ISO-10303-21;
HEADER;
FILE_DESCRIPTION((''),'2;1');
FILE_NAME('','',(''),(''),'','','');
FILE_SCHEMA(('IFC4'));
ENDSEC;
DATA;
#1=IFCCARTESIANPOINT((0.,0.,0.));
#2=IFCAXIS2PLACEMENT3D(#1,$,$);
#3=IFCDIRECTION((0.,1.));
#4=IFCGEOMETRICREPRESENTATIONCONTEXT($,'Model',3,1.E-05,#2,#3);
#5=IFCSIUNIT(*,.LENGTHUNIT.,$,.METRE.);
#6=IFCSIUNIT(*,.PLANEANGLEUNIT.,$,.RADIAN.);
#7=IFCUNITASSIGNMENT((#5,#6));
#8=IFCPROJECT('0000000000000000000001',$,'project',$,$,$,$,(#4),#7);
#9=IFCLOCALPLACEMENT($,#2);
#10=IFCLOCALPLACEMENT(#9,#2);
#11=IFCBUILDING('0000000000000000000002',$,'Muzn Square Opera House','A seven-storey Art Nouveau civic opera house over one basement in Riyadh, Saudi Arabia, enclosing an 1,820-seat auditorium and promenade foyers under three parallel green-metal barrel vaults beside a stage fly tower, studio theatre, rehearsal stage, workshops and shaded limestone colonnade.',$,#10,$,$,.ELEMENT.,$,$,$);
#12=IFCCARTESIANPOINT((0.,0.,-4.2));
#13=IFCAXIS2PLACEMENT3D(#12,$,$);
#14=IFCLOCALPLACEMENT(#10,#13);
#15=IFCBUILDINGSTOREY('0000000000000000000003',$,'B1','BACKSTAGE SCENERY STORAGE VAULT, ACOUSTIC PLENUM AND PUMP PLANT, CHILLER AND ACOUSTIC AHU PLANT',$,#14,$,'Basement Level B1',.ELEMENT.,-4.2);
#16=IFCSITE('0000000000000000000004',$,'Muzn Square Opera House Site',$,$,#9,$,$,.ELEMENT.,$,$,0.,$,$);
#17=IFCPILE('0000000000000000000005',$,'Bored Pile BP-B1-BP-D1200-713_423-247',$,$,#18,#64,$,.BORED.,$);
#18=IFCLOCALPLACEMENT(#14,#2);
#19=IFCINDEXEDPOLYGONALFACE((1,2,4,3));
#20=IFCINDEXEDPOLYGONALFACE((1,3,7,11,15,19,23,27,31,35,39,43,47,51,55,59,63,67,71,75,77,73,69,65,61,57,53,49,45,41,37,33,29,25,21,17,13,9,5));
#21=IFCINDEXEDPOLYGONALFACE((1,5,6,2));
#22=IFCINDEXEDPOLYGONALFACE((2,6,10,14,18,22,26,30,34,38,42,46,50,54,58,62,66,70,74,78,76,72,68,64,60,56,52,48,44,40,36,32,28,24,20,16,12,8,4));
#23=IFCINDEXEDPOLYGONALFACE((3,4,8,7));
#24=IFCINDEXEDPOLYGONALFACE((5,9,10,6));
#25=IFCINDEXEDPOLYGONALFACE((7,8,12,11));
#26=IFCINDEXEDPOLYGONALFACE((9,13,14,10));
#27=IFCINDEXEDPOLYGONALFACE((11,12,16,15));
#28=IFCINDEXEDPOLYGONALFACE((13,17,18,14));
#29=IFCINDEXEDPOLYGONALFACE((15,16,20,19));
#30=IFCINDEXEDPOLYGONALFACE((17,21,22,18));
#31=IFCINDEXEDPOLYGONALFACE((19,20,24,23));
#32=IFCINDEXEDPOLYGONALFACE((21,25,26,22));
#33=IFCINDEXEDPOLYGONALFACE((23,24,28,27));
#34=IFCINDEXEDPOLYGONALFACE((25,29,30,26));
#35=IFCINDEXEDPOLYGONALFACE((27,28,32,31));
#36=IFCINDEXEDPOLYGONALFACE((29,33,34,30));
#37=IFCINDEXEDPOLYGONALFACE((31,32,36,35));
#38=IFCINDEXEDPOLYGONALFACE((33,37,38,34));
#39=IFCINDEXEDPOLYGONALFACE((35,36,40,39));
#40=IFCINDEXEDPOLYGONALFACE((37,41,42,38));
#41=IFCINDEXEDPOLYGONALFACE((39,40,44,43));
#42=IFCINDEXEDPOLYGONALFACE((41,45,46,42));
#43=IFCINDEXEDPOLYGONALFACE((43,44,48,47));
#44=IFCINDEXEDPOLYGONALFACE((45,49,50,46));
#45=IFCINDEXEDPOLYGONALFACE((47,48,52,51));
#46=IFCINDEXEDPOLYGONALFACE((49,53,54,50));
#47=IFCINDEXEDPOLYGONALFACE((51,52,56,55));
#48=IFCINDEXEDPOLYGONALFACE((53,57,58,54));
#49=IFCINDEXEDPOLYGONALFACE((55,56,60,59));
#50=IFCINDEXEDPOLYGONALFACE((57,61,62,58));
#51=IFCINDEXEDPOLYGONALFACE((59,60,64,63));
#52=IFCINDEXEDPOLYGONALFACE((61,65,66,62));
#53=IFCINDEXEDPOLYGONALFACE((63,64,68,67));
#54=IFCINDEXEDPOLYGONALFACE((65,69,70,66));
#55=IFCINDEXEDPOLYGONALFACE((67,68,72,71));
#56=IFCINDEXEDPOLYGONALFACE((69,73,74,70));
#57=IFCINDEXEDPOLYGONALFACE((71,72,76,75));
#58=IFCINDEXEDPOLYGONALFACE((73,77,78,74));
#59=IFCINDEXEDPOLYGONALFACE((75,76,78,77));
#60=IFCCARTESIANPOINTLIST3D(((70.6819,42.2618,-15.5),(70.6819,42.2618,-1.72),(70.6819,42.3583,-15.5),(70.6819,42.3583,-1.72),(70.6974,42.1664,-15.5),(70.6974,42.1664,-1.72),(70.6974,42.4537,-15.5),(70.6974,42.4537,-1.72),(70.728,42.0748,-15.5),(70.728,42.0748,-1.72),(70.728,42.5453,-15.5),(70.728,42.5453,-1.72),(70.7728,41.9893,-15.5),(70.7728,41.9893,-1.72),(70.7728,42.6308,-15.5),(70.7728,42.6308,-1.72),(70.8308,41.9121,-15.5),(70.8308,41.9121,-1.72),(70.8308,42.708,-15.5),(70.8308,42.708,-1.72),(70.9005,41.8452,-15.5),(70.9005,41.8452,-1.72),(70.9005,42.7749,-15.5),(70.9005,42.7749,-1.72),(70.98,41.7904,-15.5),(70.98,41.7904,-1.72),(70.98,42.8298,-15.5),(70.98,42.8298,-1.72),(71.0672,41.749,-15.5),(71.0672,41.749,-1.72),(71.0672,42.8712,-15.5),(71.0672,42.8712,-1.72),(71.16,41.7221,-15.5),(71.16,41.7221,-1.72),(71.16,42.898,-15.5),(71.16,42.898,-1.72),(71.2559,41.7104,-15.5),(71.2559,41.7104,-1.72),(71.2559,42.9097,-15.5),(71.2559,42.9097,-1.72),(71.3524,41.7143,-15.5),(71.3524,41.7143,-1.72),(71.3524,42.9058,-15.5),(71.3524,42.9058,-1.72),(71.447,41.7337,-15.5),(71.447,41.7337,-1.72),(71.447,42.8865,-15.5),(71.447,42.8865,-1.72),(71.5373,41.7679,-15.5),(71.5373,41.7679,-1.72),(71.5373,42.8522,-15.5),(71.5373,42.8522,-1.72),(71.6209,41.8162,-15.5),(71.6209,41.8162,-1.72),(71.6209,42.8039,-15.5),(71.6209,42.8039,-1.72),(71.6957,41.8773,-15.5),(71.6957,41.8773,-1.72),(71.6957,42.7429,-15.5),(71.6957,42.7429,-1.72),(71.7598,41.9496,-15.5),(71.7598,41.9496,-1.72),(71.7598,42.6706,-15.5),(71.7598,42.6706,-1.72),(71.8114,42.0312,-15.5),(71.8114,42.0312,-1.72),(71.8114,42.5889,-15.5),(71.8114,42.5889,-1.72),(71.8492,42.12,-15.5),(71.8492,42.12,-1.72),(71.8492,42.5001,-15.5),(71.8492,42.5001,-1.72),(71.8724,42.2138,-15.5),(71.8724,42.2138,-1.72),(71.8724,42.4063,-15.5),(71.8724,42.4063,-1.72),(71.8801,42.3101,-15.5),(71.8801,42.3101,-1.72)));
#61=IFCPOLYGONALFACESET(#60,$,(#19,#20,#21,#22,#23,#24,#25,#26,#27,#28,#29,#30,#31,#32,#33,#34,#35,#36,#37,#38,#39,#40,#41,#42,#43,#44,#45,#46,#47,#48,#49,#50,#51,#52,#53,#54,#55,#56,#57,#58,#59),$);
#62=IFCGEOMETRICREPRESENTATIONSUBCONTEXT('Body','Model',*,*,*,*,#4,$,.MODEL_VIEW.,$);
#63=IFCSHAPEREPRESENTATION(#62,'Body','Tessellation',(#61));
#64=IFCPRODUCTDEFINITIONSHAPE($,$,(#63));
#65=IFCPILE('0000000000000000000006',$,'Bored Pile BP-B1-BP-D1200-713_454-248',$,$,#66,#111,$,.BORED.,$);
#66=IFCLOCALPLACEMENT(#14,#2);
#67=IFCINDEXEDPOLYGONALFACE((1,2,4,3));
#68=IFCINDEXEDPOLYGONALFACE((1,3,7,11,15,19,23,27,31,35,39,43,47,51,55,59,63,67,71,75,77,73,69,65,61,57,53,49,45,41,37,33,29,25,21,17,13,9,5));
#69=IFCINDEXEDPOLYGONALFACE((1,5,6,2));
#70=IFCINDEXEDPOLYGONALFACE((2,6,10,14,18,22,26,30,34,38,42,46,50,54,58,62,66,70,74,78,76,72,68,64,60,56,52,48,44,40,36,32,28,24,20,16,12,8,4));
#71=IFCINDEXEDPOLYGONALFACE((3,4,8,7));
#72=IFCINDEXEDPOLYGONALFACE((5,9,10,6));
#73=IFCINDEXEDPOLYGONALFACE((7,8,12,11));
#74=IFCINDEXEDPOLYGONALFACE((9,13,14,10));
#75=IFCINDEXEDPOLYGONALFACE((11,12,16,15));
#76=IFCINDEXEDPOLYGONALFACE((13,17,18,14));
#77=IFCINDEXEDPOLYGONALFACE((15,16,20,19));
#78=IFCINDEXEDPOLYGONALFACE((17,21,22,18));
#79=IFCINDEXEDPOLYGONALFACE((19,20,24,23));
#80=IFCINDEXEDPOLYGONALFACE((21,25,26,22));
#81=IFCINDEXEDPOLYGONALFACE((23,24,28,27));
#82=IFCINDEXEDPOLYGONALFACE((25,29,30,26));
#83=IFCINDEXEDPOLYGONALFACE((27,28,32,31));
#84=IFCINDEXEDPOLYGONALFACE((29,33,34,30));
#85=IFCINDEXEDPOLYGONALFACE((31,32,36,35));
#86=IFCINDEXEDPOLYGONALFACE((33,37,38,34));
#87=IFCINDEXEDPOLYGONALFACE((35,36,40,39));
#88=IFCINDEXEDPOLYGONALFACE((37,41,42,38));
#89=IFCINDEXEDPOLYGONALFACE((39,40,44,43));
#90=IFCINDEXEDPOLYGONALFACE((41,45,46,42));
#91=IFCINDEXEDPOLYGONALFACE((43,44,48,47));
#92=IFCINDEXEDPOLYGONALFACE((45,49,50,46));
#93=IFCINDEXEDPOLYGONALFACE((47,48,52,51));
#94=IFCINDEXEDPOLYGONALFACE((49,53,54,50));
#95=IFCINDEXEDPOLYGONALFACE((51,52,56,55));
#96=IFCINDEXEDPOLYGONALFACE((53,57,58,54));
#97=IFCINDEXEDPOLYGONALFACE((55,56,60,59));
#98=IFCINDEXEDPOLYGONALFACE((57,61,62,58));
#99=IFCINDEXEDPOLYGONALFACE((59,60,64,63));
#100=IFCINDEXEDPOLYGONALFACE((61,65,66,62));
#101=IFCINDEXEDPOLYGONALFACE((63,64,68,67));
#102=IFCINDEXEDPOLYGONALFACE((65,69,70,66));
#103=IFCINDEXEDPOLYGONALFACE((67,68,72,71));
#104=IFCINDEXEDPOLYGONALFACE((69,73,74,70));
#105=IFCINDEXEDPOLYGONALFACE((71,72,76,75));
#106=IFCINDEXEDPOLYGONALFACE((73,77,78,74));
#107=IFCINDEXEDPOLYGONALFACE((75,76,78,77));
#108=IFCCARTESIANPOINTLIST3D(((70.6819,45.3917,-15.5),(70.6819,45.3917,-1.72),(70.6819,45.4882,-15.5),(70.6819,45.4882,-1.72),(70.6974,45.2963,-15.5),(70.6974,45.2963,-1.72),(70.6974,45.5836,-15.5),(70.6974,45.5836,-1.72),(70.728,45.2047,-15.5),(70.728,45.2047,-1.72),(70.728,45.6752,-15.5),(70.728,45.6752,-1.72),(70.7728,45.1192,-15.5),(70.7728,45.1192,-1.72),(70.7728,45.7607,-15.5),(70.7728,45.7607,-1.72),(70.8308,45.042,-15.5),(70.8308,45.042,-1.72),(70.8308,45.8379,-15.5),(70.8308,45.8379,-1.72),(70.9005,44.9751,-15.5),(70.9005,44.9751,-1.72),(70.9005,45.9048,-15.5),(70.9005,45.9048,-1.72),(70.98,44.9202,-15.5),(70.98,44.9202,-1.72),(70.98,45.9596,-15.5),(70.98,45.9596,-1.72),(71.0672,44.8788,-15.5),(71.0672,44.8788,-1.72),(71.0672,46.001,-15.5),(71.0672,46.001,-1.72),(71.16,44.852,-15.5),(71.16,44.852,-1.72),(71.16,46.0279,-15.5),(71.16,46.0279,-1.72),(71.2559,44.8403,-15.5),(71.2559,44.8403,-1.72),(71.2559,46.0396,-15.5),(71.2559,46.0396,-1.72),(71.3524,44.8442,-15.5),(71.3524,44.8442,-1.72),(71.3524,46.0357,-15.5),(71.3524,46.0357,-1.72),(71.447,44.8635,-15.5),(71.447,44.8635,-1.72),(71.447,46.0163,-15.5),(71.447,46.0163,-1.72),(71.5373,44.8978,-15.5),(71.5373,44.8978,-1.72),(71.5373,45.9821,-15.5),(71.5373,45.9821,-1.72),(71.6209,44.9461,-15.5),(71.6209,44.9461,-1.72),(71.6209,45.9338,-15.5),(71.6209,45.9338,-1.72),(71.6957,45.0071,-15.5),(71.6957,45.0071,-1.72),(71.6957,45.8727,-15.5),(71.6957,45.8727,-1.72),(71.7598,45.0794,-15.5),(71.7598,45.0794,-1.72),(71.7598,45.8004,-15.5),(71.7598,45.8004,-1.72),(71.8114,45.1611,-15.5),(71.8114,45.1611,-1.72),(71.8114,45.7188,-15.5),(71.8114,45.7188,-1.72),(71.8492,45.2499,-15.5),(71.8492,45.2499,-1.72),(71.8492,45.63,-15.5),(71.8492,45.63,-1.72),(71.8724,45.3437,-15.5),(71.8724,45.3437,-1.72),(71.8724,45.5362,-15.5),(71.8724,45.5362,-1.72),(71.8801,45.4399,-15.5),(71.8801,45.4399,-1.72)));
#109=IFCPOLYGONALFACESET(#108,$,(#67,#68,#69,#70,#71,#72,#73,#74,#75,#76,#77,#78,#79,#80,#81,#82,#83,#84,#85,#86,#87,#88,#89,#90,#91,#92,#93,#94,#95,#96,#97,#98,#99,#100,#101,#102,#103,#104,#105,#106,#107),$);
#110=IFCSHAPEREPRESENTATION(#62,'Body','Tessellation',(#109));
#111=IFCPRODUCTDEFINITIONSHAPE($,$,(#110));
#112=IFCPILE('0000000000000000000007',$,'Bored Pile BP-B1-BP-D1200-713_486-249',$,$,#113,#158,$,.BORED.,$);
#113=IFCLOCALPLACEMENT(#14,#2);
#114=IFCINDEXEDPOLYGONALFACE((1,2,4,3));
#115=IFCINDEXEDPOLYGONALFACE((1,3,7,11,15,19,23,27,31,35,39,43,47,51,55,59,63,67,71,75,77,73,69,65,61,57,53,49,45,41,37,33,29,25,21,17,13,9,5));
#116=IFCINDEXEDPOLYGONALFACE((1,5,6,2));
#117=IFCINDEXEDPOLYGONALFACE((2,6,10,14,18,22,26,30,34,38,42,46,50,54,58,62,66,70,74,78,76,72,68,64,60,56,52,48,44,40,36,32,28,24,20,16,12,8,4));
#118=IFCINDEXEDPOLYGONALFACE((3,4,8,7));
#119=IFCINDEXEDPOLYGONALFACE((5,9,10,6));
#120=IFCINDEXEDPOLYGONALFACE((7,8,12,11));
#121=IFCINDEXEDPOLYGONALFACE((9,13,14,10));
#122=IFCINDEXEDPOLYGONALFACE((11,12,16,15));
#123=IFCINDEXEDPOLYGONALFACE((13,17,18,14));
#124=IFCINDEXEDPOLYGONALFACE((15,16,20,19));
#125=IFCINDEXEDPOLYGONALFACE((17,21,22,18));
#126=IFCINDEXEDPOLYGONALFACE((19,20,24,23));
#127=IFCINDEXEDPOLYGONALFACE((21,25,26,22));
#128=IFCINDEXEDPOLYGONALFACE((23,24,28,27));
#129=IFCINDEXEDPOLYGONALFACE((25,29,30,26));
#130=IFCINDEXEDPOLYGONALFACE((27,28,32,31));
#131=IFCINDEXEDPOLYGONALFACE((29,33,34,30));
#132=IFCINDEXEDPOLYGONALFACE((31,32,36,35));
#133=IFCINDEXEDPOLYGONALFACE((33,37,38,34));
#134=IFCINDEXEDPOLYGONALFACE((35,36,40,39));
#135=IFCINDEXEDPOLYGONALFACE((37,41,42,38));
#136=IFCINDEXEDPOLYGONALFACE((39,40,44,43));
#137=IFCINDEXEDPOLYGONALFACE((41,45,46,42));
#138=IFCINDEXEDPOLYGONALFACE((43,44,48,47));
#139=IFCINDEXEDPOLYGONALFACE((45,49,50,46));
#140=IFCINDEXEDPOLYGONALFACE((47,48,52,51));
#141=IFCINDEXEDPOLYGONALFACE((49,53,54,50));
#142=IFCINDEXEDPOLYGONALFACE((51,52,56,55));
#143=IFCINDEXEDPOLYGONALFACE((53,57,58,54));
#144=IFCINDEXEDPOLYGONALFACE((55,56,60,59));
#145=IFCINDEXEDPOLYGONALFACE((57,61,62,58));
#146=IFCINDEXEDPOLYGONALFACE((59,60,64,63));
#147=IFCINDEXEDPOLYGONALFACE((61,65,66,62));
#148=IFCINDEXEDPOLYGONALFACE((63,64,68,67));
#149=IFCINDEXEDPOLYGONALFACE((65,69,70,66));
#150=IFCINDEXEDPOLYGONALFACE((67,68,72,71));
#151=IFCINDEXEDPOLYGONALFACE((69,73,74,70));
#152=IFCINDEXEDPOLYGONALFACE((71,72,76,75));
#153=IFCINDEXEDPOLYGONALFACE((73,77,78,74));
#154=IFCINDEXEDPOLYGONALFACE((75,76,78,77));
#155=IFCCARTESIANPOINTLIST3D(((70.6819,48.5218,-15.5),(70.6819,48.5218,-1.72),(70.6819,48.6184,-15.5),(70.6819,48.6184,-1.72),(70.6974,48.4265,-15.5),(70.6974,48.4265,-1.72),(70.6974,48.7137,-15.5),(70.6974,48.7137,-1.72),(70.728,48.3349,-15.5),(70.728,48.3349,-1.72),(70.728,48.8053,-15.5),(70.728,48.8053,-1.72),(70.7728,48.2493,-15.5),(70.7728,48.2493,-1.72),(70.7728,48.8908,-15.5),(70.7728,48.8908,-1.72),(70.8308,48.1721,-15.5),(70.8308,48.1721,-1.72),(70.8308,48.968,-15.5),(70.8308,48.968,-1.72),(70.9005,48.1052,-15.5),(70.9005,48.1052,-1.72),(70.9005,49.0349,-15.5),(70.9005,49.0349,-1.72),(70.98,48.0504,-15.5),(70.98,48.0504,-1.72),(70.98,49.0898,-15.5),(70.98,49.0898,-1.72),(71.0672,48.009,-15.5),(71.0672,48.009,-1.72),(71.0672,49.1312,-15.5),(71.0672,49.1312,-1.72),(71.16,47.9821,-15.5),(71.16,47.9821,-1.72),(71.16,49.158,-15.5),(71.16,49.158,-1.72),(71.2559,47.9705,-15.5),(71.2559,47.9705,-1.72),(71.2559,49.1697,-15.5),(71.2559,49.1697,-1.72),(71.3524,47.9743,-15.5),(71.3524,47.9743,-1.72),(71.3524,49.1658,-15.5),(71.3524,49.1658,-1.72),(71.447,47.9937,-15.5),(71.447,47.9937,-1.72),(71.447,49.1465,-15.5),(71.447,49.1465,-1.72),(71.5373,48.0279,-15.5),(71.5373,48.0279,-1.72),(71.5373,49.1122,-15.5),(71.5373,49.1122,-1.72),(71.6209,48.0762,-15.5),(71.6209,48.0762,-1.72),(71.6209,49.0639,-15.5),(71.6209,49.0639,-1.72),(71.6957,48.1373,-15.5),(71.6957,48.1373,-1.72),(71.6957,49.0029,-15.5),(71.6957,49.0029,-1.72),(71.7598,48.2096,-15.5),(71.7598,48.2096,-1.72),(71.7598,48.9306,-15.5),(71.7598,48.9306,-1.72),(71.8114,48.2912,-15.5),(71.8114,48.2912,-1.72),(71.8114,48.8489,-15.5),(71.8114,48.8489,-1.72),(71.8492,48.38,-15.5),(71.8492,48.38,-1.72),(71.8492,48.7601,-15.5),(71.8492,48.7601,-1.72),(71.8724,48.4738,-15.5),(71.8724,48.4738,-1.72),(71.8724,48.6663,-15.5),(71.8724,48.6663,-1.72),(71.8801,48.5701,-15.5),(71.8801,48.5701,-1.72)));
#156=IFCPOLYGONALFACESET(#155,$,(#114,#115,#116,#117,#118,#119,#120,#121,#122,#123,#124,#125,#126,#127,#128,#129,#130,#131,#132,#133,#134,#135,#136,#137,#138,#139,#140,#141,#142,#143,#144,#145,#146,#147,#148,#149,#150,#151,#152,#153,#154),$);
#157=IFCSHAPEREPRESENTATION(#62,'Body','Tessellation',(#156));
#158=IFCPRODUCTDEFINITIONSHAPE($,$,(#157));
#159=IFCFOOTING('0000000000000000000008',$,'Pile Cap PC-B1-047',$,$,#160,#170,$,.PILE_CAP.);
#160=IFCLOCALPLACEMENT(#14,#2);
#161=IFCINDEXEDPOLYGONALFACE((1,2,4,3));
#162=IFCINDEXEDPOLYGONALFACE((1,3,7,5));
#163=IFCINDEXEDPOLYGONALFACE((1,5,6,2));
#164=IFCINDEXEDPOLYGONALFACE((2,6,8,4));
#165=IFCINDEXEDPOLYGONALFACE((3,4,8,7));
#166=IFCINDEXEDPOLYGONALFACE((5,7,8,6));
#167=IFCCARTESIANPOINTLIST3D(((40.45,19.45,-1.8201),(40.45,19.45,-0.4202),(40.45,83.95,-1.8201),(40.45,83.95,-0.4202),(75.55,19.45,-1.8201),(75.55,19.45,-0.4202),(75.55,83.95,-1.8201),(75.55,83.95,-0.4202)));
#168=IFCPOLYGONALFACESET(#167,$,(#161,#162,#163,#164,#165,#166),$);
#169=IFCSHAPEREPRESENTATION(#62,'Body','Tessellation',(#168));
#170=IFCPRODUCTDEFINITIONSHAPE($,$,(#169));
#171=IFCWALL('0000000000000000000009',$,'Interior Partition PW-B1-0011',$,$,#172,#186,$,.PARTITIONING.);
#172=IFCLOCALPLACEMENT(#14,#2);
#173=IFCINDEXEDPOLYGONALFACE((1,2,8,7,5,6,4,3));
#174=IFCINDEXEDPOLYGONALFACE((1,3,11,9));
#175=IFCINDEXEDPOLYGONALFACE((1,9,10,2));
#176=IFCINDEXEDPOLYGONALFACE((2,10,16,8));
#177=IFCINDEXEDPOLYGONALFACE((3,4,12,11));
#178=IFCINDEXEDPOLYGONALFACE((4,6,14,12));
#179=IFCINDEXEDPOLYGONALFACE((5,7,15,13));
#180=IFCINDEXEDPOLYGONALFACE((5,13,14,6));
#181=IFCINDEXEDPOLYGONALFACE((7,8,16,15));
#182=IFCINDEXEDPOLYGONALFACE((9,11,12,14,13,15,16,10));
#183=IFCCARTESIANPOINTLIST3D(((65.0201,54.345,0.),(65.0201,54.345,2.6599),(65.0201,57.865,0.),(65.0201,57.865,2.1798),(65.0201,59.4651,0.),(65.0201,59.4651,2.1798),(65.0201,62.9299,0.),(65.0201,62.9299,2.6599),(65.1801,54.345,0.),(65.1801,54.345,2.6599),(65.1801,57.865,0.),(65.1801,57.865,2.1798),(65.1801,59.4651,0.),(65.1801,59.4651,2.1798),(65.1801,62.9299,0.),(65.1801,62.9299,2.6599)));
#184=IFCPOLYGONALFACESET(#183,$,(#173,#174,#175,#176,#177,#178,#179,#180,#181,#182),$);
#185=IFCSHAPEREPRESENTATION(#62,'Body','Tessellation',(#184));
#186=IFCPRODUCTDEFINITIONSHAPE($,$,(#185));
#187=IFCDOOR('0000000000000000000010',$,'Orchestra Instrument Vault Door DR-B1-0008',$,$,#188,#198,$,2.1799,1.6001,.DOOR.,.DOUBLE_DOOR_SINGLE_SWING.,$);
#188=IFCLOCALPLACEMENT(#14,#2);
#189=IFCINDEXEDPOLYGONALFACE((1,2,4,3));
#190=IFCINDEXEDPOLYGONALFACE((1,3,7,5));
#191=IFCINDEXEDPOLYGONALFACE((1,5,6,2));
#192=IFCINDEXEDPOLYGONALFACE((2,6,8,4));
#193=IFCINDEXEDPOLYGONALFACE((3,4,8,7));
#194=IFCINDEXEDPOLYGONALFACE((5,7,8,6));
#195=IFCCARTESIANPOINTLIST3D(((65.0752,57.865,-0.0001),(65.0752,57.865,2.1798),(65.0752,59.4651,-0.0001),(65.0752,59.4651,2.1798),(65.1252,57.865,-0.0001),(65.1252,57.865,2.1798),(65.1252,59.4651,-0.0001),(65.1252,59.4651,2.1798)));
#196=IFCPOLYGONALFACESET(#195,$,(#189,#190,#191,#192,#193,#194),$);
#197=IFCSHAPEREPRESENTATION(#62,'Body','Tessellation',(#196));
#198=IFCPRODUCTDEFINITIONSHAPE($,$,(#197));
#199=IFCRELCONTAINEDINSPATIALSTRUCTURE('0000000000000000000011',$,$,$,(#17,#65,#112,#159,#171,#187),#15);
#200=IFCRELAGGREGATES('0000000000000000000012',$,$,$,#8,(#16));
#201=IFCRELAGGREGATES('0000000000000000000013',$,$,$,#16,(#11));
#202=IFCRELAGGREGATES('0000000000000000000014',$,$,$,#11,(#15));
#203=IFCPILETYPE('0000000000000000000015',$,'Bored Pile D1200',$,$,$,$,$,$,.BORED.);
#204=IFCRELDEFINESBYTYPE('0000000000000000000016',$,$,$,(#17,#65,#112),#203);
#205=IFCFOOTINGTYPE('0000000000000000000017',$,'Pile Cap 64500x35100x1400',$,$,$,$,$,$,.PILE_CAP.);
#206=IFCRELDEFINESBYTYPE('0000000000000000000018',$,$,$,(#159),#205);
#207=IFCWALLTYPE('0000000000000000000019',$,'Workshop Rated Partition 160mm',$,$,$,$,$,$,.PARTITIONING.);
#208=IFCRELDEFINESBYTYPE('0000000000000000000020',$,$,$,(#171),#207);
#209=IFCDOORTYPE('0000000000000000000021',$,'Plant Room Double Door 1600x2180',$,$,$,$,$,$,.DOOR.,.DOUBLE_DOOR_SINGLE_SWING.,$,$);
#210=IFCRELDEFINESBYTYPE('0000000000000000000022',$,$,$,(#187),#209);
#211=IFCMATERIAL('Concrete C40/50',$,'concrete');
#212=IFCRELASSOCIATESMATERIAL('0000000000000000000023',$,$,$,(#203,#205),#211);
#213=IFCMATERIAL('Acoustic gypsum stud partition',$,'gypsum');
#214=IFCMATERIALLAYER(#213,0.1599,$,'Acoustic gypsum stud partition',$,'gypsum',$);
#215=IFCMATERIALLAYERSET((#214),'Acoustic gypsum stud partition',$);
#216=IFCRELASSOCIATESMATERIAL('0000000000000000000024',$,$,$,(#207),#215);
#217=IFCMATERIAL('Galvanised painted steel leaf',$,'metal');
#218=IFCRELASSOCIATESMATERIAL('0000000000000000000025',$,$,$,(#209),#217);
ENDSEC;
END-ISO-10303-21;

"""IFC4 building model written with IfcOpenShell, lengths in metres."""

from ifc_helpers import new_model, si_unit, direction, frame, frame_2d, origin, origin_2d, place, context, subcontext, project, spatial, rectangle, circle, extrude, material, layer, layer_set, material_profile, profile_set, type_object, element, fill, save


model = new_model("IFC4")

# Units and contexts
model_context = context("Model", 3, precision=1e-05, world=origin(), true_north=direction((0.0, 1.0)))
body_context = subcontext(model_context, "Body", "Model", "MODEL_VIEW")
ifc_project = project(units=[si_unit("LENGTHUNIT", "METRE"), si_unit("PLANEANGLEUNIT", "RADIAN")], contexts=[model_context])

# Site, building, storey
site_placement = place(None, origin())
site = spatial("IfcSite", under=ifc_project, at=site_placement, Name="Muzn Square Opera House Site", CompositionType="ELEMENT", RefElevation=0.0)
building_placement = place(site_placement, origin())
building = spatial("IfcBuilding", under=site, at=building_placement, Name="Muzn Square Opera House", Description="A seven-storey Art Nouveau civic opera house over one basement in Riyadh, Saudi Arabia, enclosing an 1,820-seat auditorium and promenade foyers under three parallel green-metal barrel vaults beside a stage fly tower, studio theatre, rehearsal stage, workshops and shaded limestone colonnade.", CompositionType="ELEMENT")
storey_placement = place(building_placement, frame((0.0, 0.0, -4.2)))
storey = spatial("IfcBuildingStorey", under=building, at=storey_placement, Name="B1", Description="BACKSTAGE SCENERY STORAGE VAULT, ACOUSTIC PLENUM AND PUMP PLANT, CHILLER AND ACOUSTIC AHU PLANT", LongName="Basement Level B1", CompositionType="ELEMENT", Elevation=-4.2)

# Piles
ifc_material_1 = material(Name="Concrete C40/50", Category="concrete")
ifc_material_profile = material_profile(ifc_material_1, circle(Radius=0.6001, at=origin_2d()), Name="BORED PILE D1200", Category="concrete")
ifc_profile_set = profile_set([ifc_material_profile], Name="Concrete C40/50")
pile_type = type_object("IfcPileType", Name="Bored Pile D1200", PredefinedType="BORED", material=ifc_profile_set)
for number, where, z_axis, x_axis, name in (
    (1, (71.28, 42.3101, -1.72), (0.0, 0.0, -1.0), (1.0, 0.0, 0.0), "Bored Pile BP-B1-BP-D1200-713_423-247"),
    (2, (71.28, 45.4399, -1.72), (0.0, 0.0, -1.0), (1.0, 0.0, 0.0), "Bored Pile BP-B1-BP-D1200-713_454-248"),
    (3, (71.28, 48.5701, -1.72), (0.0, 0.0, -1.0), (1.0, 0.0, 0.0), "Bored Pile BP-B1-BP-D1200-713_486-249"),
):
    element("IfcPile", number, at=place(storey_placement, frame(where, z_axis=z_axis, x_axis=x_axis)), inside=storey, type_object=pile_type, Name=name, PredefinedType="BORED", context=body_context, shape_type="SweptSolid", body=[
        extrude(circle(Radius=0.6001, at=origin_2d()), origin(), (0.0, 0.0, 1.0), 13.78),
    ])

# Footing
footing_type = type_object("IfcFootingType", Name="Pile Cap 64500x35100x1400", PredefinedType="PILE_CAP", material=ifc_material_1)
footing_placement = place(storey_placement, frame((58.0, 51.7, -1.8201), z_axis=(0.0, 0.0, 1.0), x_axis=(1.0, 0.0, 0.0)))
element("IfcFooting", 4, at=footing_placement, inside=storey, type_object=footing_type, Name="Pile Cap PC-B1-047", PredefinedType="PILE_CAP", context=body_context, shape_type="SweptSolid", body=[
    extrude(rectangle(XDim=35.1001, YDim=64.5, at=origin_2d()), origin(), (0.0, 0.0, 1.0), 1.3999),
])

# Wall, opening, door
ifc_material_2 = material(Name="Acoustic gypsum stud partition", Category="gypsum")
ifc_layer = layer(ifc_material_2, 0.1599, Name="Acoustic gypsum stud partition", Category="gypsum")
ifc_layer_set = layer_set([ifc_layer], Name="Acoustic gypsum stud partition")
wall_type = type_object("IfcWallType", Name="Workshop Rated Partition 160mm", PredefinedType="PARTITIONING", material=ifc_layer_set)
wall_placement = place(storey_placement, frame((65.1001, 54.345, 0.0), z_axis=(0.0, 0.0, 1.0), x_axis=(0.0, 1.0, 0.0)))
wall = element("IfcWall", 5, at=wall_placement, inside=storey, type_object=wall_type, Name="Interior Partition PW-B1-0011", PredefinedType="PARTITIONING", context=body_context, shape_type="SweptSolid", body=[
    extrude(rectangle(XDim=8.585, YDim=0.1599, at=frame_2d((4.2925, 0.0))), origin(), (0.0, 0.0, 1.0), 2.6599),
])
opening_placement = place(wall_placement, frame((3.52, 0.0, 0.0)))
opening = element("IfcOpeningElement", 6, at=opening_placement, cuts=wall, PredefinedType="OPENING", context=body_context, shape_type="SweptSolid", body=[
    extrude(rectangle(XDim=1.6001, YDim=2.1799, at=frame_2d((0.8, 1.0898))), frame((0.0, 0.0898, 0.0), z_axis=(0.0, -1.0, 0.0), x_axis=(1.0, 0.0, 0.0)), (0.0, 0.0, 1.0), 0.1799),
])
ifc_material_3 = material(Name="Galvanised painted steel leaf", Category="metal")
door_type = type_object("IfcDoorType", Name="Plant Room Double Door 1600x2180", OperationType="DOUBLE_DOOR_SINGLE_SWING", PredefinedType="DOOR", material=ifc_material_3)
door_placement = place(opening_placement, origin())
door = element("IfcDoor", 7, at=door_placement, inside=storey, type_object=door_type, Name="Orchestra Instrument Vault Door DR-B1-0008", OperationType="DOUBLE_DOOR_SINGLE_SWING", OverallHeight=2.1799, OverallWidth=1.6001, PredefinedType="DOOR", context=body_context, shape_type="SweptSolid", body=[
    extrude(rectangle(XDim=1.6001, YDim=2.1799, at=frame_2d((0.8, 1.0898))), frame((0.0, 0.0249, 0.0), z_axis=(0.0, -1.0, 0.0), x_axis=(1.0, 0.0, 0.0)), (0.0, 0.0, 1.0), 0.05),
])
fill(opening, door)

save(model, "model.ifc")
